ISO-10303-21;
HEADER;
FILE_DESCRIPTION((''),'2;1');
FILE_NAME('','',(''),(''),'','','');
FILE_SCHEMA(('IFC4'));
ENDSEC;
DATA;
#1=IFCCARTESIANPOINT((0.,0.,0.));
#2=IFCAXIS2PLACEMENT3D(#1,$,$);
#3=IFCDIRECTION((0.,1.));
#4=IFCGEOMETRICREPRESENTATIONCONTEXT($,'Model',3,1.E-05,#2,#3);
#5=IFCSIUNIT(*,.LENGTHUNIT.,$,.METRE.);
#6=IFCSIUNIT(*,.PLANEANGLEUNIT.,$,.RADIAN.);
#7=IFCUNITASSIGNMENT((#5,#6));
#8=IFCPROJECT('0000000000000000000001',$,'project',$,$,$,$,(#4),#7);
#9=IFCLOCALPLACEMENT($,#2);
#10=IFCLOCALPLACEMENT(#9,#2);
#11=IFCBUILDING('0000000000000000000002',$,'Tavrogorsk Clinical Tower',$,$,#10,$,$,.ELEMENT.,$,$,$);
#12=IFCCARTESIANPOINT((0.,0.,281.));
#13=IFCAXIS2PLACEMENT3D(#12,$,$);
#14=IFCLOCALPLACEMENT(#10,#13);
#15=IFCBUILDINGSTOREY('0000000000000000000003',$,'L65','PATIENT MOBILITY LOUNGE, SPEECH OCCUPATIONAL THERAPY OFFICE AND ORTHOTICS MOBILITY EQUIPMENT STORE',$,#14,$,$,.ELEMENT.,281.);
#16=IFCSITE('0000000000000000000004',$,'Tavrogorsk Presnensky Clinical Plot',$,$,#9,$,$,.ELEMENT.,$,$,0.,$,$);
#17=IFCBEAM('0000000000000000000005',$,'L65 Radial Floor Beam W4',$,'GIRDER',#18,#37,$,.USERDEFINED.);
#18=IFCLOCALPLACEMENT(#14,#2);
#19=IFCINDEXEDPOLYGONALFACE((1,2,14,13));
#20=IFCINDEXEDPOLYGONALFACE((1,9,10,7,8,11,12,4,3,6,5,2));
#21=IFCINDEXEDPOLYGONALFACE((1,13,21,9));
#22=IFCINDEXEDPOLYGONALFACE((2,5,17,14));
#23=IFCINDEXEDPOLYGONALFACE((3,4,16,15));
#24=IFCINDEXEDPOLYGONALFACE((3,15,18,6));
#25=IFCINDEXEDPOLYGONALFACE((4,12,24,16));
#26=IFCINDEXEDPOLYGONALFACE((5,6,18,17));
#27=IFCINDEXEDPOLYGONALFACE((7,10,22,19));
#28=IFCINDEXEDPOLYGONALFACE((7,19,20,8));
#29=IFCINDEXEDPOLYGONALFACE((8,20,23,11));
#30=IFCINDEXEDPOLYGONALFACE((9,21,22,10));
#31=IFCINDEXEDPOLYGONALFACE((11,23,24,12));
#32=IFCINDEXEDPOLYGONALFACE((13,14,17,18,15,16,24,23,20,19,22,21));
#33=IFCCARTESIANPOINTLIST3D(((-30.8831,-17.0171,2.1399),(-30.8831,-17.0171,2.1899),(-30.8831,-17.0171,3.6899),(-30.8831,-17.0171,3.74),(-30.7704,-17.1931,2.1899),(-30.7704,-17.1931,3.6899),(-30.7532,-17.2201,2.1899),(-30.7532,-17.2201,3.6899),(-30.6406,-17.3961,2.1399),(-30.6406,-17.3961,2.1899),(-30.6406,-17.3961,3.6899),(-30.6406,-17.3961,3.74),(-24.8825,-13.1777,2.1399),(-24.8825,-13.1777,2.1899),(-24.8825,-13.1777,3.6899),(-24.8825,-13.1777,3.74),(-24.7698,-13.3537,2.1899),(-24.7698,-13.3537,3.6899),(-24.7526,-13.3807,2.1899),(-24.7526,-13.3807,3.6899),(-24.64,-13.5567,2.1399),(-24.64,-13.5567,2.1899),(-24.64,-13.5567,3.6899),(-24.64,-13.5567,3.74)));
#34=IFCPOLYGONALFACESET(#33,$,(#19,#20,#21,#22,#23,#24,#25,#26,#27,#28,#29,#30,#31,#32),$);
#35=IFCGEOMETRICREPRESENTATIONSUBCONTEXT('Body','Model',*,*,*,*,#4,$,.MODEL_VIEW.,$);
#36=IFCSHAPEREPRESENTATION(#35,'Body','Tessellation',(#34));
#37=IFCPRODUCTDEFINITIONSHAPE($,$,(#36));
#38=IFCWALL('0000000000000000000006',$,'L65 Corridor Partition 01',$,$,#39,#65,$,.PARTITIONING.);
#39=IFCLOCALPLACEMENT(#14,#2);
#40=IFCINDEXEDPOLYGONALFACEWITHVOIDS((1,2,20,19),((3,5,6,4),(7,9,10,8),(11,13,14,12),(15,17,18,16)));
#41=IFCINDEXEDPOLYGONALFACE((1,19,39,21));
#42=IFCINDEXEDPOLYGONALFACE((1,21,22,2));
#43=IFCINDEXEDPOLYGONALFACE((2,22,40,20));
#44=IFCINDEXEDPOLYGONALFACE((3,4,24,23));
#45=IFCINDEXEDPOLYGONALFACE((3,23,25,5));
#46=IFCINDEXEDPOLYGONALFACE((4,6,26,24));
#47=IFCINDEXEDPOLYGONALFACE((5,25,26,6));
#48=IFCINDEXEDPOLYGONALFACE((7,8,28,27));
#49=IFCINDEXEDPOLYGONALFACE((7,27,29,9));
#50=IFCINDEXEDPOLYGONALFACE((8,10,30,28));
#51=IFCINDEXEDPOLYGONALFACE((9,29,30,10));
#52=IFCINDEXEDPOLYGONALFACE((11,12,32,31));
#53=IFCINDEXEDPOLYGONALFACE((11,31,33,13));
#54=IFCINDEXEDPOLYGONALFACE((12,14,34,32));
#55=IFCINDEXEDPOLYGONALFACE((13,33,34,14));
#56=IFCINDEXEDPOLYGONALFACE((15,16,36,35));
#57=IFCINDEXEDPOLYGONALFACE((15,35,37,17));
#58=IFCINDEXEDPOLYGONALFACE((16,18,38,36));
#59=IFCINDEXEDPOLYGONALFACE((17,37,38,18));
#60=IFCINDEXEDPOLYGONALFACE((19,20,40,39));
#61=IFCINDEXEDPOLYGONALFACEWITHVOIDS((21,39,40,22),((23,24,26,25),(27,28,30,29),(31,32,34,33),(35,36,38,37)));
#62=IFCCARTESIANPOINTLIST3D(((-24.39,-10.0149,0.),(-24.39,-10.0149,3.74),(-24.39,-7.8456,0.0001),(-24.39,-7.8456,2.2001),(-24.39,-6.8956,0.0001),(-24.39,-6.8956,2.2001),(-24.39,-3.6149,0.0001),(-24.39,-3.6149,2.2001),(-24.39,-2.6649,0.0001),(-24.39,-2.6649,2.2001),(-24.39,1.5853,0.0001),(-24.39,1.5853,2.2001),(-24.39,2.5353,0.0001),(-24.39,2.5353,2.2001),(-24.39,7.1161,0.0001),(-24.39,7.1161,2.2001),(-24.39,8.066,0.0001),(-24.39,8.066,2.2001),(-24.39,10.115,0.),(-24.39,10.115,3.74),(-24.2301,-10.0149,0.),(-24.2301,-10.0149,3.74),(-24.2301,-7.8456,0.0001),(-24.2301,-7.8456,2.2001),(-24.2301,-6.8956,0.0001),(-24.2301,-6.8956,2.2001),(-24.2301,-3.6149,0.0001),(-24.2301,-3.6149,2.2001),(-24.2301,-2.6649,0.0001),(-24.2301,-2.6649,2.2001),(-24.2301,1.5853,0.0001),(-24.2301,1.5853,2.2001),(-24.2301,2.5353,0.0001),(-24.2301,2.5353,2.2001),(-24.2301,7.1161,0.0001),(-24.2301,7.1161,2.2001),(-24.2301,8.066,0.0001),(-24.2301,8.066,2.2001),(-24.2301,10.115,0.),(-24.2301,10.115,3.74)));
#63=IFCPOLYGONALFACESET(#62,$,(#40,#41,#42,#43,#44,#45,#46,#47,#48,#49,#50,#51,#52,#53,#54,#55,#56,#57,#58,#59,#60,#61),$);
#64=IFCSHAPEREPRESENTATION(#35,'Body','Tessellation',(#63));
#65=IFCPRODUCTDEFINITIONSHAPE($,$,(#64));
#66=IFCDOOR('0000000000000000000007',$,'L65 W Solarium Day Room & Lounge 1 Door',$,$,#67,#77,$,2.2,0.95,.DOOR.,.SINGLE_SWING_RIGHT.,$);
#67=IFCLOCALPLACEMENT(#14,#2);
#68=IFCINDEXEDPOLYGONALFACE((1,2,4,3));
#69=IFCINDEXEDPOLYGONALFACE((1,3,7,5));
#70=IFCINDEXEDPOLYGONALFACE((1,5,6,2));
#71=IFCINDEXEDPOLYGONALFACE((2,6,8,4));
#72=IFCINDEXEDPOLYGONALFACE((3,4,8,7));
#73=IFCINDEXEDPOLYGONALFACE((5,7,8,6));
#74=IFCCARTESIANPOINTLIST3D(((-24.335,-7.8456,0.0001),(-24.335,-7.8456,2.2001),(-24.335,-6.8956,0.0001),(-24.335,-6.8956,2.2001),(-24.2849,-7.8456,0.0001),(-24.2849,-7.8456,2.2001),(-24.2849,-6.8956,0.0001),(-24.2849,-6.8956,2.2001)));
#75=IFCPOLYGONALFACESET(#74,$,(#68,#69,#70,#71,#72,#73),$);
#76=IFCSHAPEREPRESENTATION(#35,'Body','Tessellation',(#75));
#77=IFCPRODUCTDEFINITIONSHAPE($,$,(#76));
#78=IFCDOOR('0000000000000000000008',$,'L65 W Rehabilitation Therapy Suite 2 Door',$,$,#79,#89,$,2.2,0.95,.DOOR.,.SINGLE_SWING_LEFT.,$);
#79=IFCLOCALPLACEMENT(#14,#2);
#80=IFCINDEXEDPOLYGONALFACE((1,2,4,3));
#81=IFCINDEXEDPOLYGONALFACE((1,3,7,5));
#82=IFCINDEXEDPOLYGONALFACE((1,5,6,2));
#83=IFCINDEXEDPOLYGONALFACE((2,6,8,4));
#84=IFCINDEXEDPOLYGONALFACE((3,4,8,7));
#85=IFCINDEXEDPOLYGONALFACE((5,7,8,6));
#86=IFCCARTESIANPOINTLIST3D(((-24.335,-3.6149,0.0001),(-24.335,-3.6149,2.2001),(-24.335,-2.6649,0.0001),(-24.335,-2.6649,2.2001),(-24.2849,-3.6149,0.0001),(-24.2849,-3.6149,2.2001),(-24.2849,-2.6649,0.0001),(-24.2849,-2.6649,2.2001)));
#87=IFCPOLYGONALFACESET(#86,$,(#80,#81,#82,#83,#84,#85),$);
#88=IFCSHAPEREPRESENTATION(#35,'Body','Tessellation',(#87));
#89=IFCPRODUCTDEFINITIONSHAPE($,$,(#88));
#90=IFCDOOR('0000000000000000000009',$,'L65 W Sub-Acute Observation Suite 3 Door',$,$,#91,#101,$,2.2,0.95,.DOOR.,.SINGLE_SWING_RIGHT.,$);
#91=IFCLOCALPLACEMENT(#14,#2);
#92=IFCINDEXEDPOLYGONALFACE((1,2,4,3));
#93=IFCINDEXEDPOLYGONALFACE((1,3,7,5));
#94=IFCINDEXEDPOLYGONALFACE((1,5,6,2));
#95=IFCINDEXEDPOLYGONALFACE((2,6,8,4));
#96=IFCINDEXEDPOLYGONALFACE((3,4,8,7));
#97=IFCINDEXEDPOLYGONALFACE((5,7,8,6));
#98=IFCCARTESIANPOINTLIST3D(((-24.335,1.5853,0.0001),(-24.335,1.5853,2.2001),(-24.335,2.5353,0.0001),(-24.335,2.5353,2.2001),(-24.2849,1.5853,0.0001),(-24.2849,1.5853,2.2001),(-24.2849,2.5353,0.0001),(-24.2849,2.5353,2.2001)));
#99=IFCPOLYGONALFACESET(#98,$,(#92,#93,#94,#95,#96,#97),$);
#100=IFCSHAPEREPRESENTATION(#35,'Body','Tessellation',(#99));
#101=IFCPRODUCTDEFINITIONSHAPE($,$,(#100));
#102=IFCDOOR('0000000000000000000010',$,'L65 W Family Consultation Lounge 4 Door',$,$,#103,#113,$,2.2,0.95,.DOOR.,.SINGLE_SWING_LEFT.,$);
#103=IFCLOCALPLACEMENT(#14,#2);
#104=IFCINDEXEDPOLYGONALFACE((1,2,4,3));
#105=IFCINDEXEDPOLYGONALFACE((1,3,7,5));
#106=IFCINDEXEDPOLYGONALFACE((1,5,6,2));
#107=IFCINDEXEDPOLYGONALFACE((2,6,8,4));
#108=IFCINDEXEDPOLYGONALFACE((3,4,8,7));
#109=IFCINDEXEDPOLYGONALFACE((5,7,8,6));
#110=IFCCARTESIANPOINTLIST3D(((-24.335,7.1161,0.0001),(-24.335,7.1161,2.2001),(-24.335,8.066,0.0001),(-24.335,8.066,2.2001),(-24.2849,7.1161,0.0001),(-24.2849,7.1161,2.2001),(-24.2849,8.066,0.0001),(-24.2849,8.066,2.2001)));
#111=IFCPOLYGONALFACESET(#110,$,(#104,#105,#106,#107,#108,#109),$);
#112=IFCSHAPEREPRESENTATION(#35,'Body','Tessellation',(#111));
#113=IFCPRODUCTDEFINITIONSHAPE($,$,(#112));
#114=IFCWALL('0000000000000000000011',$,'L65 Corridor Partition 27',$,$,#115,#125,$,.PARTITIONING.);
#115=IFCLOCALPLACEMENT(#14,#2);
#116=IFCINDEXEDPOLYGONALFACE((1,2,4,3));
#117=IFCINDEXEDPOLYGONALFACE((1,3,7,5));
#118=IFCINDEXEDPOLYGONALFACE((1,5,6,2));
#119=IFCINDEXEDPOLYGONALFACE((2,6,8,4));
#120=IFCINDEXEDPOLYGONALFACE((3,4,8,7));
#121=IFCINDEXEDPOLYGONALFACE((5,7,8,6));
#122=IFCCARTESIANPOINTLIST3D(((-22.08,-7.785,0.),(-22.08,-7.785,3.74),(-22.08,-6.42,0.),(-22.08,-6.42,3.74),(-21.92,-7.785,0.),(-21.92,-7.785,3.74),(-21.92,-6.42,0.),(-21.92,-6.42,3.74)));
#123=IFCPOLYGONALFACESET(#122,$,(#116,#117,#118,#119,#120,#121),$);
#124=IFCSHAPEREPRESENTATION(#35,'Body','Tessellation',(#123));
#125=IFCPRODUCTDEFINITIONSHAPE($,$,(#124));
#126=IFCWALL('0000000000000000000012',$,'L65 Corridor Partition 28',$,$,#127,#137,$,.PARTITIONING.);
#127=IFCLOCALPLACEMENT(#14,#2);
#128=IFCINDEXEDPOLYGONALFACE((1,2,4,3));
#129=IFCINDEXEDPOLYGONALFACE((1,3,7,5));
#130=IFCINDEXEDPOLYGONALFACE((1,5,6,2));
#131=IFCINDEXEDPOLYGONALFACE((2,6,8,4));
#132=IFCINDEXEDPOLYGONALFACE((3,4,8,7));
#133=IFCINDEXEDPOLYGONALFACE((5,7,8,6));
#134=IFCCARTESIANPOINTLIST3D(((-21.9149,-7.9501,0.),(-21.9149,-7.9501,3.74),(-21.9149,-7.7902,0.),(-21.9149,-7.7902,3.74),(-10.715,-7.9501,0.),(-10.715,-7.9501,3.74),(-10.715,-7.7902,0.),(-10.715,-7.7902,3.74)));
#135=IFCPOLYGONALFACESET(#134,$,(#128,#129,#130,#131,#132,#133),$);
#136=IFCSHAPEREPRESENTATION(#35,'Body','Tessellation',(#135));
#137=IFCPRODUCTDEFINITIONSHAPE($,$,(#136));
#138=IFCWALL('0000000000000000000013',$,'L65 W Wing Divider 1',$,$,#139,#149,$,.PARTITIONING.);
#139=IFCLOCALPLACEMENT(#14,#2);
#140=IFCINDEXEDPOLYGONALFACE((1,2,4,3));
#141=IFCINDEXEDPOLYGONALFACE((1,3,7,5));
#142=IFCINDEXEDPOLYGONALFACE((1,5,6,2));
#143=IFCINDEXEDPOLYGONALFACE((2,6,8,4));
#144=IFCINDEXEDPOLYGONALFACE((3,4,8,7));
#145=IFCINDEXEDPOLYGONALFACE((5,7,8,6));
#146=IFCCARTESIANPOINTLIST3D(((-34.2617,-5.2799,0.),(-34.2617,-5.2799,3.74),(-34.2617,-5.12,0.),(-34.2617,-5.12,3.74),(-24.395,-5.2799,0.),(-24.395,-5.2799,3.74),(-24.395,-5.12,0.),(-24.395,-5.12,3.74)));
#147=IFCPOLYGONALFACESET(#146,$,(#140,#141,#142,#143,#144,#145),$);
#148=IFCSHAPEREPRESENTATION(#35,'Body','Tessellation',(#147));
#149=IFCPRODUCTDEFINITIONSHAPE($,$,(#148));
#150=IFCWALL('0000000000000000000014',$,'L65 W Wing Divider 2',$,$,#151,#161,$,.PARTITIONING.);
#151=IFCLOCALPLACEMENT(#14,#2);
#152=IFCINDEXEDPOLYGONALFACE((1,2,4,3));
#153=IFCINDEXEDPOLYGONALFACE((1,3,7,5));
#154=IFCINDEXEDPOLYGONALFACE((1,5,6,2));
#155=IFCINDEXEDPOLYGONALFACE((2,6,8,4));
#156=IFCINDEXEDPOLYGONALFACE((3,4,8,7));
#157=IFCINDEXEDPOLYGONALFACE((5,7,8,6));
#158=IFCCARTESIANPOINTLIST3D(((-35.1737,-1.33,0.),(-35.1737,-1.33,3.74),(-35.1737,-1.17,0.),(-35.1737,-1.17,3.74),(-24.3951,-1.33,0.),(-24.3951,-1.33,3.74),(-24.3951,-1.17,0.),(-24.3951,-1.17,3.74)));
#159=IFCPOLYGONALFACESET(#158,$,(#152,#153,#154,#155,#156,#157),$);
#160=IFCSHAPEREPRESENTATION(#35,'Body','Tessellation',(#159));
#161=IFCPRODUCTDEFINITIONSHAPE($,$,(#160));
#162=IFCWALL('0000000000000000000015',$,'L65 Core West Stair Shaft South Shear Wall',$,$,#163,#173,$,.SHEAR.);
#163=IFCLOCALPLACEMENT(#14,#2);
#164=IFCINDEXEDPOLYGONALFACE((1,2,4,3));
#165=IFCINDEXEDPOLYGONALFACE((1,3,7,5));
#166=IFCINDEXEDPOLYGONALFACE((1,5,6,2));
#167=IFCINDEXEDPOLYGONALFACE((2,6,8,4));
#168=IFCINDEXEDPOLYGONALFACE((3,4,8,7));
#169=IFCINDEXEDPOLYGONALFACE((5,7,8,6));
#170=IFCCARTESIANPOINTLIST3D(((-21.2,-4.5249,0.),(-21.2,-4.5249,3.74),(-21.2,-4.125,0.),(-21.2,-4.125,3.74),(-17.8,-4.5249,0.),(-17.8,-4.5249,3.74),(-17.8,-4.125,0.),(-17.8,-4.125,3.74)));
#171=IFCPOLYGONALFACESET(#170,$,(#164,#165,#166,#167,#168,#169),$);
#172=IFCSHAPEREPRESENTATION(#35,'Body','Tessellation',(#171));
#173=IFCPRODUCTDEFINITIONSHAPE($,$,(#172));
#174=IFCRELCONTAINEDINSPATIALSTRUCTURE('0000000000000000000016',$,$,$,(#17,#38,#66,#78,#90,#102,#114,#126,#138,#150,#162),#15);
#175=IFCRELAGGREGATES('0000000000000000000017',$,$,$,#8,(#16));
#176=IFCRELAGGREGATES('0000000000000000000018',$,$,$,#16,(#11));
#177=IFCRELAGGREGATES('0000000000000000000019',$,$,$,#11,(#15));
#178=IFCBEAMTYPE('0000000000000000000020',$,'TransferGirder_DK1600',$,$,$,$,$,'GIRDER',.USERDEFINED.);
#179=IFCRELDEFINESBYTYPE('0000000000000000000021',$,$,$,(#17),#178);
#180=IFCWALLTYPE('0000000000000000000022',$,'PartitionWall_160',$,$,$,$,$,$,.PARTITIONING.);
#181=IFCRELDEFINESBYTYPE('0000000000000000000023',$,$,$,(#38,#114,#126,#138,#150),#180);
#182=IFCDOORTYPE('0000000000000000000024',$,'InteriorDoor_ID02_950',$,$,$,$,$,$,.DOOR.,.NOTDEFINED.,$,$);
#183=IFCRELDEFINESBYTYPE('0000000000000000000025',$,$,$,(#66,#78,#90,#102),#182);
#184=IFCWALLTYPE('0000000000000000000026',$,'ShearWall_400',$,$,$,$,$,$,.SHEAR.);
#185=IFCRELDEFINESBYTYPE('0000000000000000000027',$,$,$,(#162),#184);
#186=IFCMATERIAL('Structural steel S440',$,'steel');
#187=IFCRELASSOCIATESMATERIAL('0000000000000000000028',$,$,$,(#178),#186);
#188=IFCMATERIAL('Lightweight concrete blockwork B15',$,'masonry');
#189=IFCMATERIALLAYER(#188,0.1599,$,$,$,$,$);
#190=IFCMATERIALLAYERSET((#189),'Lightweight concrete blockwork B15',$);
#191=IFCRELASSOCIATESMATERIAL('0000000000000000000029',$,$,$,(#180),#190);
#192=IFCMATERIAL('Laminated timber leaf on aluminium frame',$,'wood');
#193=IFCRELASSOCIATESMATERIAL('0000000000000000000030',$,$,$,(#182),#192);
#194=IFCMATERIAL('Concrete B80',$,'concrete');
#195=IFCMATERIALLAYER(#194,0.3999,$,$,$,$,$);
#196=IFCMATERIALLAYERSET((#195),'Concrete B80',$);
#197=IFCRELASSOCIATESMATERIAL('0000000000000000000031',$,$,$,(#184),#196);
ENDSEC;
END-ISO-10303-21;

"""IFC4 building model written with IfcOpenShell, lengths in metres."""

from ifc_helpers import new_model, si_unit, direction, frame, frame_2d, origin, origin_2d, place, context, subcontext, project, spatial, rectangle, i_section, extrude, material, layer, layer_set, material_profile, profile_set, type_object, element, fill, save


model = new_model("IFC4")

# Units and contexts
model_context = context("Model", 3, precision=1e-05, world=origin(), true_north=direction((0.0, 1.0)))
body_context = subcontext(model_context, "Body", "Model", "MODEL_VIEW")
ifc_project = project(units=[si_unit("LENGTHUNIT", "METRE"), si_unit("PLANEANGLEUNIT", "RADIAN")], contexts=[model_context])

# Site, building, storey
site_placement = place(None, origin())
site = spatial("IfcSite", under=ifc_project, at=site_placement, Name="Tavrogorsk Presnensky Clinical Plot", CompositionType="ELEMENT", RefElevation=0.0)
building_placement = place(site_placement, origin())
building = spatial("IfcBuilding", under=site, at=building_placement, Name="Tavrogorsk Clinical Tower", CompositionType="ELEMENT")
storey_placement = place(building_placement, frame((0.0, 0.0, 281.0)))
storey = spatial("IfcBuildingStorey", under=building, at=storey_placement, Name="L65", Description="PATIENT MOBILITY LOUNGE, SPEECH OCCUPATIONAL THERAPY OFFICE AND ORTHOTICS MOBILITY EQUIPMENT STORE", CompositionType="ELEMENT", Elevation=281.0)

# Beam
ifc_material_1 = material(Name="Structural steel S440", Category="steel")
ifc_material_profile_1 = material_profile(ifc_material_1, i_section(OverallWidth=0.45, OverallDepth=1.6001, WebThickness=0.032, FlangeThickness=0.05, at=origin_2d()), Name="DK-1600x450x32x50")
ifc_profile_set_1 = profile_set([ifc_material_profile_1], Name="Structural steel S440")
beam_type_1 = type_object("IfcBeamType", Name="TransferGirder_DK1600", ElementType="GIRDER", PredefinedType="USERDEFINED", material=ifc_profile_set_1)
beam_1_placement = place(storey_placement, frame((-24.7612, -13.3672, 2.9399), z_axis=(-0.842332, -0.538958, 0.0), x_axis=(0.538958, -0.842332, 0.0)))
element("IfcBeam", 1, at=beam_1_placement, inside=storey, type_object=beam_type_1, Name="L65 Radial Floor Beam W4", ObjectType="GIRDER", PredefinedType="USERDEFINED", context=body_context, shape_type="SweptSolid", body=[
    extrude(i_section(OverallWidth=0.45, OverallDepth=1.6001, WebThickness=0.032, FlangeThickness=0.05, at=origin_2d()), origin(), (0.0, 0.0, 1.0), 7.1238),
])

# Wall, openings, doors
ifc_material_2 = material(Name="Lightweight concrete blockwork B15", Category="masonry")
ifc_layer_1 = layer(ifc_material_2, 0.1599)
ifc_layer_set_1 = layer_set([ifc_layer_1], Name="Lightweight concrete blockwork B15")
wall_type_1 = type_object("IfcWallType", Name="PartitionWall_160", PredefinedType="PARTITIONING", material=ifc_layer_set_1)
wall_1_placement = place(storey_placement, frame((-24.3101, -10.0149, 0.0), z_axis=(0.0, 0.0, 1.0), x_axis=(0.0, 1.0, 0.0)))
wall_1 = element("IfcWall", 2, at=wall_1_placement, inside=storey, type_object=wall_type_1, Name="L65 Corridor Partition 01", PredefinedType="PARTITIONING", context=body_context, shape_type="SweptSolid", body=[
    extrude(rectangle(XDim=20.1299, YDim=0.1599, at=frame_2d((10.0649, 0.0))), origin(), (0.0, 0.0, 1.0), 3.74),
])
opening_1_placement = place(wall_1_placement, frame((2.1692, 0.0, 0.0)))
opening_1 = element("IfcOpeningElement", 3, at=opening_1_placement, cuts=wall_1, PredefinedType="OPENING", context=body_context, shape_type="SweptSolid", body=[
    extrude(rectangle(XDim=0.95, YDim=2.2, at=frame_2d((0.4751, 1.1001))), frame((0.0, 0.0898, 0.0), z_axis=(0.0, -1.0, 0.0), x_axis=(1.0, 0.0, 0.0)), (0.0, 0.0, 1.0), 0.1799),
])
opening_2_placement = place(wall_1_placement, frame((6.3999, 0.0, 0.0)))
opening_2 = element("IfcOpeningElement", 4, at=opening_2_placement, cuts=wall_1, PredefinedType="OPENING", context=body_context, shape_type="SweptSolid", body=[
    extrude(rectangle(XDim=0.95, YDim=2.2, at=frame_2d((0.4751, 1.1001))), frame((0.0, 0.0898, 0.0), z_axis=(0.0, -1.0, 0.0), x_axis=(1.0, 0.0, 0.0)), (0.0, 0.0, 1.0), 0.1799),
])
opening_3_placement = place(wall_1_placement, frame((11.6001, 0.0, 0.0)))
opening_3 = element("IfcOpeningElement", 5, at=opening_3_placement, cuts=wall_1, PredefinedType="OPENING", context=body_context, shape_type="SweptSolid", body=[
    extrude(rectangle(XDim=0.95, YDim=2.2, at=frame_2d((0.4751, 1.1001))), frame((0.0, 0.0898, 0.0), z_axis=(0.0, -1.0, 0.0), x_axis=(1.0, 0.0, 0.0)), (0.0, 0.0, 1.0), 0.1799),
])
opening_4_placement = place(wall_1_placement, frame((17.1309, 0.0, 0.0)))
opening_4 = element("IfcOpeningElement", 6, at=opening_4_placement, cuts=wall_1, PredefinedType="OPENING", context=body_context, shape_type="SweptSolid", body=[
    extrude(rectangle(XDim=0.95, YDim=2.2, at=frame_2d((0.4751, 1.1001))), frame((0.0, 0.0898, 0.0), z_axis=(0.0, -1.0, 0.0), x_axis=(1.0, 0.0, 0.0)), (0.0, 0.0, 1.0), 0.1799),
])
ifc_material_3 = material(Name="Laminated timber leaf on aluminium frame", Category="wood")
door_type = type_object("IfcDoorType", Name="InteriorDoor_ID02_950", OperationType="NOTDEFINED", PredefinedType="DOOR", material=ifc_material_3)
door_1_placement = place(opening_1_placement, origin())
door_1 = element("IfcDoor", 7, at=door_1_placement, inside=storey, type_object=door_type, Name="L65 W Solarium Day Room & Lounge 1 Door", OperationType="SINGLE_SWING_RIGHT", OverallHeight=2.2, OverallWidth=0.95, PredefinedType="DOOR", context=body_context, shape_type="SweptSolid", body=[
    extrude(rectangle(XDim=0.95, YDim=2.2, at=frame_2d((0.4751, 1.1001))), frame((0.0, 0.0249, 0.0), z_axis=(0.0, -1.0, 0.0), x_axis=(1.0, 0.0, 0.0)), (0.0, 0.0, 1.0), 0.05),
])
fill(opening_1, door_1)
door_2_placement = place(opening_2_placement, origin())
door_2 = element("IfcDoor", 8, at=door_2_placement, inside=storey, type_object=door_type, Name="L65 W Rehabilitation Therapy Suite 2 Door", OperationType="SINGLE_SWING_LEFT", OverallHeight=2.2, OverallWidth=0.95, PredefinedType="DOOR", context=body_context, shape_type="SweptSolid", body=[
    extrude(rectangle(XDim=0.95, YDim=2.2, at=frame_2d((0.4751, 1.1001))), frame((0.0, 0.0249, 0.0), z_axis=(0.0, -1.0, 0.0), x_axis=(1.0, 0.0, 0.0)), (0.0, 0.0, 1.0), 0.05),
])
fill(opening_2, door_2)
door_3_placement = place(opening_3_placement, origin())
door_3 = element("IfcDoor", 9, at=door_3_placement, inside=storey, type_object=door_type, Name="L65 W Sub-Acute Observation Suite 3 Door", OperationType="SINGLE_SWING_RIGHT", OverallHeight=2.2, OverallWidth=0.95, PredefinedType="DOOR", context=body_context, shape_type="SweptSolid", body=[
    extrude(rectangle(XDim=0.95, YDim=2.2, at=frame_2d((0.4751, 1.1001))), frame((0.0, 0.0249, 0.0), z_axis=(0.0, -1.0, 0.0), x_axis=(1.0, 0.0, 0.0)), (0.0, 0.0, 1.0), 0.05),
])
fill(opening_3, door_3)
door_4_placement = place(opening_4_placement, origin())
door_4 = element("IfcDoor", 10, at=door_4_placement, inside=storey, type_object=door_type, Name="L65 W Family Consultation Lounge 4 Door", OperationType="SINGLE_SWING_LEFT", OverallHeight=2.2, OverallWidth=0.95, PredefinedType="DOOR", context=body_context, shape_type="SweptSolid", body=[
    extrude(rectangle(XDim=0.95, YDim=2.2, at=frame_2d((0.4751, 1.1001))), frame((0.0, 0.0249, 0.0), z_axis=(0.0, -1.0, 0.0), x_axis=(1.0, 0.0, 0.0)), (0.0, 0.0, 1.0), 0.05),
])
fill(opening_4, door_4)

# Walls
wall_2_placement = place(storey_placement, frame((-22.0, -6.4199, 0.0), z_axis=(0.0, 0.0, 1.0), x_axis=(0.0, -1.0, 0.0)))
element("IfcWall", 11, at=wall_2_placement, inside=storey, type_object=wall_type_1, Name="L65 Corridor Partition 27", PredefinedType="PARTITIONING", context=body_context, shape_type="SweptSolid", body=[
    extrude(rectangle(XDim=1.365, YDim=0.1599, at=frame_2d((0.6826, 0.0))), origin(), (0.0, 0.0, 1.0), 3.74),
])
wall_3_placement = place(storey_placement, frame((-21.915, -7.8701, 0.0), z_axis=(0.0, 0.0, 1.0), x_axis=(1.0, 0.0, 0.0)))
element("IfcWall", 12, at=wall_3_placement, inside=storey, type_object=wall_type_1, Name="L65 Corridor Partition 28", PredefinedType="PARTITIONING", context=body_context, shape_type="SweptSolid", body=[
    extrude(rectangle(XDim=11.2, YDim=0.1599, at=frame_2d((5.6001, 0.0))), origin(), (0.0, 0.0, 1.0), 3.74),
])
wall_4_placement = place(storey_placement, frame((-34.2617, -5.2, 0.0), z_axis=(0.0, 0.0, 1.0), x_axis=(1.0, 0.0, 0.0)))
element("IfcWall", 13, at=wall_4_placement, inside=storey, type_object=wall_type_1, Name="L65 W Wing Divider 1", PredefinedType="PARTITIONING", context=body_context, shape_type="SweptSolid", body=[
    extrude(rectangle(XDim=9.8667, YDim=0.1599, at=frame_2d((4.9333, 0.0))), origin(), (0.0, 0.0, 1.0), 3.74),
])
wall_5_placement = place(storey_placement, frame((-35.1736, -1.25, 0.0), z_axis=(0.0, 0.0, 1.0), x_axis=(1.0, 0.0, 0.0)))
element("IfcWall", 14, at=wall_5_placement, inside=storey, type_object=wall_type_1, Name="L65 W Wing Divider 2", PredefinedType="PARTITIONING", context=body_context, shape_type="SweptSolid", body=[
    extrude(rectangle(XDim=10.7786, YDim=0.1599, at=frame_2d((5.3892, 0.0))), origin(), (0.0, 0.0, 1.0), 3.74),
])
ifc_material_4 = material(Name="Concrete B80", Category="concrete")
ifc_layer_2 = layer(ifc_material_4, 0.3999)
ifc_layer_set_2 = layer_set([ifc_layer_2], Name="Concrete B80")
wall_type_2 = type_object("IfcWallType", Name="ShearWall_400", PredefinedType="SHEAR", material=ifc_layer_set_2)
wall_6_placement = place(storey_placement, frame((-21.2, -4.325, 0.0), z_axis=(0.0, 0.0, 1.0), x_axis=(1.0, 0.0, 0.0)))
element("IfcWall", 15, at=wall_6_placement, inside=storey, type_object=wall_type_2, Name="L65 Core West Stair Shaft South Shear Wall", PredefinedType="SHEAR", context=body_context, shape_type="SweptSolid", body=[
    extrude(rectangle(XDim=3.3999, YDim=0.3999, at=frame_2d((1.7, 0.0))), origin(), (0.0, 0.0, 1.0), 3.74),
])

save(model, "model.ifc")
